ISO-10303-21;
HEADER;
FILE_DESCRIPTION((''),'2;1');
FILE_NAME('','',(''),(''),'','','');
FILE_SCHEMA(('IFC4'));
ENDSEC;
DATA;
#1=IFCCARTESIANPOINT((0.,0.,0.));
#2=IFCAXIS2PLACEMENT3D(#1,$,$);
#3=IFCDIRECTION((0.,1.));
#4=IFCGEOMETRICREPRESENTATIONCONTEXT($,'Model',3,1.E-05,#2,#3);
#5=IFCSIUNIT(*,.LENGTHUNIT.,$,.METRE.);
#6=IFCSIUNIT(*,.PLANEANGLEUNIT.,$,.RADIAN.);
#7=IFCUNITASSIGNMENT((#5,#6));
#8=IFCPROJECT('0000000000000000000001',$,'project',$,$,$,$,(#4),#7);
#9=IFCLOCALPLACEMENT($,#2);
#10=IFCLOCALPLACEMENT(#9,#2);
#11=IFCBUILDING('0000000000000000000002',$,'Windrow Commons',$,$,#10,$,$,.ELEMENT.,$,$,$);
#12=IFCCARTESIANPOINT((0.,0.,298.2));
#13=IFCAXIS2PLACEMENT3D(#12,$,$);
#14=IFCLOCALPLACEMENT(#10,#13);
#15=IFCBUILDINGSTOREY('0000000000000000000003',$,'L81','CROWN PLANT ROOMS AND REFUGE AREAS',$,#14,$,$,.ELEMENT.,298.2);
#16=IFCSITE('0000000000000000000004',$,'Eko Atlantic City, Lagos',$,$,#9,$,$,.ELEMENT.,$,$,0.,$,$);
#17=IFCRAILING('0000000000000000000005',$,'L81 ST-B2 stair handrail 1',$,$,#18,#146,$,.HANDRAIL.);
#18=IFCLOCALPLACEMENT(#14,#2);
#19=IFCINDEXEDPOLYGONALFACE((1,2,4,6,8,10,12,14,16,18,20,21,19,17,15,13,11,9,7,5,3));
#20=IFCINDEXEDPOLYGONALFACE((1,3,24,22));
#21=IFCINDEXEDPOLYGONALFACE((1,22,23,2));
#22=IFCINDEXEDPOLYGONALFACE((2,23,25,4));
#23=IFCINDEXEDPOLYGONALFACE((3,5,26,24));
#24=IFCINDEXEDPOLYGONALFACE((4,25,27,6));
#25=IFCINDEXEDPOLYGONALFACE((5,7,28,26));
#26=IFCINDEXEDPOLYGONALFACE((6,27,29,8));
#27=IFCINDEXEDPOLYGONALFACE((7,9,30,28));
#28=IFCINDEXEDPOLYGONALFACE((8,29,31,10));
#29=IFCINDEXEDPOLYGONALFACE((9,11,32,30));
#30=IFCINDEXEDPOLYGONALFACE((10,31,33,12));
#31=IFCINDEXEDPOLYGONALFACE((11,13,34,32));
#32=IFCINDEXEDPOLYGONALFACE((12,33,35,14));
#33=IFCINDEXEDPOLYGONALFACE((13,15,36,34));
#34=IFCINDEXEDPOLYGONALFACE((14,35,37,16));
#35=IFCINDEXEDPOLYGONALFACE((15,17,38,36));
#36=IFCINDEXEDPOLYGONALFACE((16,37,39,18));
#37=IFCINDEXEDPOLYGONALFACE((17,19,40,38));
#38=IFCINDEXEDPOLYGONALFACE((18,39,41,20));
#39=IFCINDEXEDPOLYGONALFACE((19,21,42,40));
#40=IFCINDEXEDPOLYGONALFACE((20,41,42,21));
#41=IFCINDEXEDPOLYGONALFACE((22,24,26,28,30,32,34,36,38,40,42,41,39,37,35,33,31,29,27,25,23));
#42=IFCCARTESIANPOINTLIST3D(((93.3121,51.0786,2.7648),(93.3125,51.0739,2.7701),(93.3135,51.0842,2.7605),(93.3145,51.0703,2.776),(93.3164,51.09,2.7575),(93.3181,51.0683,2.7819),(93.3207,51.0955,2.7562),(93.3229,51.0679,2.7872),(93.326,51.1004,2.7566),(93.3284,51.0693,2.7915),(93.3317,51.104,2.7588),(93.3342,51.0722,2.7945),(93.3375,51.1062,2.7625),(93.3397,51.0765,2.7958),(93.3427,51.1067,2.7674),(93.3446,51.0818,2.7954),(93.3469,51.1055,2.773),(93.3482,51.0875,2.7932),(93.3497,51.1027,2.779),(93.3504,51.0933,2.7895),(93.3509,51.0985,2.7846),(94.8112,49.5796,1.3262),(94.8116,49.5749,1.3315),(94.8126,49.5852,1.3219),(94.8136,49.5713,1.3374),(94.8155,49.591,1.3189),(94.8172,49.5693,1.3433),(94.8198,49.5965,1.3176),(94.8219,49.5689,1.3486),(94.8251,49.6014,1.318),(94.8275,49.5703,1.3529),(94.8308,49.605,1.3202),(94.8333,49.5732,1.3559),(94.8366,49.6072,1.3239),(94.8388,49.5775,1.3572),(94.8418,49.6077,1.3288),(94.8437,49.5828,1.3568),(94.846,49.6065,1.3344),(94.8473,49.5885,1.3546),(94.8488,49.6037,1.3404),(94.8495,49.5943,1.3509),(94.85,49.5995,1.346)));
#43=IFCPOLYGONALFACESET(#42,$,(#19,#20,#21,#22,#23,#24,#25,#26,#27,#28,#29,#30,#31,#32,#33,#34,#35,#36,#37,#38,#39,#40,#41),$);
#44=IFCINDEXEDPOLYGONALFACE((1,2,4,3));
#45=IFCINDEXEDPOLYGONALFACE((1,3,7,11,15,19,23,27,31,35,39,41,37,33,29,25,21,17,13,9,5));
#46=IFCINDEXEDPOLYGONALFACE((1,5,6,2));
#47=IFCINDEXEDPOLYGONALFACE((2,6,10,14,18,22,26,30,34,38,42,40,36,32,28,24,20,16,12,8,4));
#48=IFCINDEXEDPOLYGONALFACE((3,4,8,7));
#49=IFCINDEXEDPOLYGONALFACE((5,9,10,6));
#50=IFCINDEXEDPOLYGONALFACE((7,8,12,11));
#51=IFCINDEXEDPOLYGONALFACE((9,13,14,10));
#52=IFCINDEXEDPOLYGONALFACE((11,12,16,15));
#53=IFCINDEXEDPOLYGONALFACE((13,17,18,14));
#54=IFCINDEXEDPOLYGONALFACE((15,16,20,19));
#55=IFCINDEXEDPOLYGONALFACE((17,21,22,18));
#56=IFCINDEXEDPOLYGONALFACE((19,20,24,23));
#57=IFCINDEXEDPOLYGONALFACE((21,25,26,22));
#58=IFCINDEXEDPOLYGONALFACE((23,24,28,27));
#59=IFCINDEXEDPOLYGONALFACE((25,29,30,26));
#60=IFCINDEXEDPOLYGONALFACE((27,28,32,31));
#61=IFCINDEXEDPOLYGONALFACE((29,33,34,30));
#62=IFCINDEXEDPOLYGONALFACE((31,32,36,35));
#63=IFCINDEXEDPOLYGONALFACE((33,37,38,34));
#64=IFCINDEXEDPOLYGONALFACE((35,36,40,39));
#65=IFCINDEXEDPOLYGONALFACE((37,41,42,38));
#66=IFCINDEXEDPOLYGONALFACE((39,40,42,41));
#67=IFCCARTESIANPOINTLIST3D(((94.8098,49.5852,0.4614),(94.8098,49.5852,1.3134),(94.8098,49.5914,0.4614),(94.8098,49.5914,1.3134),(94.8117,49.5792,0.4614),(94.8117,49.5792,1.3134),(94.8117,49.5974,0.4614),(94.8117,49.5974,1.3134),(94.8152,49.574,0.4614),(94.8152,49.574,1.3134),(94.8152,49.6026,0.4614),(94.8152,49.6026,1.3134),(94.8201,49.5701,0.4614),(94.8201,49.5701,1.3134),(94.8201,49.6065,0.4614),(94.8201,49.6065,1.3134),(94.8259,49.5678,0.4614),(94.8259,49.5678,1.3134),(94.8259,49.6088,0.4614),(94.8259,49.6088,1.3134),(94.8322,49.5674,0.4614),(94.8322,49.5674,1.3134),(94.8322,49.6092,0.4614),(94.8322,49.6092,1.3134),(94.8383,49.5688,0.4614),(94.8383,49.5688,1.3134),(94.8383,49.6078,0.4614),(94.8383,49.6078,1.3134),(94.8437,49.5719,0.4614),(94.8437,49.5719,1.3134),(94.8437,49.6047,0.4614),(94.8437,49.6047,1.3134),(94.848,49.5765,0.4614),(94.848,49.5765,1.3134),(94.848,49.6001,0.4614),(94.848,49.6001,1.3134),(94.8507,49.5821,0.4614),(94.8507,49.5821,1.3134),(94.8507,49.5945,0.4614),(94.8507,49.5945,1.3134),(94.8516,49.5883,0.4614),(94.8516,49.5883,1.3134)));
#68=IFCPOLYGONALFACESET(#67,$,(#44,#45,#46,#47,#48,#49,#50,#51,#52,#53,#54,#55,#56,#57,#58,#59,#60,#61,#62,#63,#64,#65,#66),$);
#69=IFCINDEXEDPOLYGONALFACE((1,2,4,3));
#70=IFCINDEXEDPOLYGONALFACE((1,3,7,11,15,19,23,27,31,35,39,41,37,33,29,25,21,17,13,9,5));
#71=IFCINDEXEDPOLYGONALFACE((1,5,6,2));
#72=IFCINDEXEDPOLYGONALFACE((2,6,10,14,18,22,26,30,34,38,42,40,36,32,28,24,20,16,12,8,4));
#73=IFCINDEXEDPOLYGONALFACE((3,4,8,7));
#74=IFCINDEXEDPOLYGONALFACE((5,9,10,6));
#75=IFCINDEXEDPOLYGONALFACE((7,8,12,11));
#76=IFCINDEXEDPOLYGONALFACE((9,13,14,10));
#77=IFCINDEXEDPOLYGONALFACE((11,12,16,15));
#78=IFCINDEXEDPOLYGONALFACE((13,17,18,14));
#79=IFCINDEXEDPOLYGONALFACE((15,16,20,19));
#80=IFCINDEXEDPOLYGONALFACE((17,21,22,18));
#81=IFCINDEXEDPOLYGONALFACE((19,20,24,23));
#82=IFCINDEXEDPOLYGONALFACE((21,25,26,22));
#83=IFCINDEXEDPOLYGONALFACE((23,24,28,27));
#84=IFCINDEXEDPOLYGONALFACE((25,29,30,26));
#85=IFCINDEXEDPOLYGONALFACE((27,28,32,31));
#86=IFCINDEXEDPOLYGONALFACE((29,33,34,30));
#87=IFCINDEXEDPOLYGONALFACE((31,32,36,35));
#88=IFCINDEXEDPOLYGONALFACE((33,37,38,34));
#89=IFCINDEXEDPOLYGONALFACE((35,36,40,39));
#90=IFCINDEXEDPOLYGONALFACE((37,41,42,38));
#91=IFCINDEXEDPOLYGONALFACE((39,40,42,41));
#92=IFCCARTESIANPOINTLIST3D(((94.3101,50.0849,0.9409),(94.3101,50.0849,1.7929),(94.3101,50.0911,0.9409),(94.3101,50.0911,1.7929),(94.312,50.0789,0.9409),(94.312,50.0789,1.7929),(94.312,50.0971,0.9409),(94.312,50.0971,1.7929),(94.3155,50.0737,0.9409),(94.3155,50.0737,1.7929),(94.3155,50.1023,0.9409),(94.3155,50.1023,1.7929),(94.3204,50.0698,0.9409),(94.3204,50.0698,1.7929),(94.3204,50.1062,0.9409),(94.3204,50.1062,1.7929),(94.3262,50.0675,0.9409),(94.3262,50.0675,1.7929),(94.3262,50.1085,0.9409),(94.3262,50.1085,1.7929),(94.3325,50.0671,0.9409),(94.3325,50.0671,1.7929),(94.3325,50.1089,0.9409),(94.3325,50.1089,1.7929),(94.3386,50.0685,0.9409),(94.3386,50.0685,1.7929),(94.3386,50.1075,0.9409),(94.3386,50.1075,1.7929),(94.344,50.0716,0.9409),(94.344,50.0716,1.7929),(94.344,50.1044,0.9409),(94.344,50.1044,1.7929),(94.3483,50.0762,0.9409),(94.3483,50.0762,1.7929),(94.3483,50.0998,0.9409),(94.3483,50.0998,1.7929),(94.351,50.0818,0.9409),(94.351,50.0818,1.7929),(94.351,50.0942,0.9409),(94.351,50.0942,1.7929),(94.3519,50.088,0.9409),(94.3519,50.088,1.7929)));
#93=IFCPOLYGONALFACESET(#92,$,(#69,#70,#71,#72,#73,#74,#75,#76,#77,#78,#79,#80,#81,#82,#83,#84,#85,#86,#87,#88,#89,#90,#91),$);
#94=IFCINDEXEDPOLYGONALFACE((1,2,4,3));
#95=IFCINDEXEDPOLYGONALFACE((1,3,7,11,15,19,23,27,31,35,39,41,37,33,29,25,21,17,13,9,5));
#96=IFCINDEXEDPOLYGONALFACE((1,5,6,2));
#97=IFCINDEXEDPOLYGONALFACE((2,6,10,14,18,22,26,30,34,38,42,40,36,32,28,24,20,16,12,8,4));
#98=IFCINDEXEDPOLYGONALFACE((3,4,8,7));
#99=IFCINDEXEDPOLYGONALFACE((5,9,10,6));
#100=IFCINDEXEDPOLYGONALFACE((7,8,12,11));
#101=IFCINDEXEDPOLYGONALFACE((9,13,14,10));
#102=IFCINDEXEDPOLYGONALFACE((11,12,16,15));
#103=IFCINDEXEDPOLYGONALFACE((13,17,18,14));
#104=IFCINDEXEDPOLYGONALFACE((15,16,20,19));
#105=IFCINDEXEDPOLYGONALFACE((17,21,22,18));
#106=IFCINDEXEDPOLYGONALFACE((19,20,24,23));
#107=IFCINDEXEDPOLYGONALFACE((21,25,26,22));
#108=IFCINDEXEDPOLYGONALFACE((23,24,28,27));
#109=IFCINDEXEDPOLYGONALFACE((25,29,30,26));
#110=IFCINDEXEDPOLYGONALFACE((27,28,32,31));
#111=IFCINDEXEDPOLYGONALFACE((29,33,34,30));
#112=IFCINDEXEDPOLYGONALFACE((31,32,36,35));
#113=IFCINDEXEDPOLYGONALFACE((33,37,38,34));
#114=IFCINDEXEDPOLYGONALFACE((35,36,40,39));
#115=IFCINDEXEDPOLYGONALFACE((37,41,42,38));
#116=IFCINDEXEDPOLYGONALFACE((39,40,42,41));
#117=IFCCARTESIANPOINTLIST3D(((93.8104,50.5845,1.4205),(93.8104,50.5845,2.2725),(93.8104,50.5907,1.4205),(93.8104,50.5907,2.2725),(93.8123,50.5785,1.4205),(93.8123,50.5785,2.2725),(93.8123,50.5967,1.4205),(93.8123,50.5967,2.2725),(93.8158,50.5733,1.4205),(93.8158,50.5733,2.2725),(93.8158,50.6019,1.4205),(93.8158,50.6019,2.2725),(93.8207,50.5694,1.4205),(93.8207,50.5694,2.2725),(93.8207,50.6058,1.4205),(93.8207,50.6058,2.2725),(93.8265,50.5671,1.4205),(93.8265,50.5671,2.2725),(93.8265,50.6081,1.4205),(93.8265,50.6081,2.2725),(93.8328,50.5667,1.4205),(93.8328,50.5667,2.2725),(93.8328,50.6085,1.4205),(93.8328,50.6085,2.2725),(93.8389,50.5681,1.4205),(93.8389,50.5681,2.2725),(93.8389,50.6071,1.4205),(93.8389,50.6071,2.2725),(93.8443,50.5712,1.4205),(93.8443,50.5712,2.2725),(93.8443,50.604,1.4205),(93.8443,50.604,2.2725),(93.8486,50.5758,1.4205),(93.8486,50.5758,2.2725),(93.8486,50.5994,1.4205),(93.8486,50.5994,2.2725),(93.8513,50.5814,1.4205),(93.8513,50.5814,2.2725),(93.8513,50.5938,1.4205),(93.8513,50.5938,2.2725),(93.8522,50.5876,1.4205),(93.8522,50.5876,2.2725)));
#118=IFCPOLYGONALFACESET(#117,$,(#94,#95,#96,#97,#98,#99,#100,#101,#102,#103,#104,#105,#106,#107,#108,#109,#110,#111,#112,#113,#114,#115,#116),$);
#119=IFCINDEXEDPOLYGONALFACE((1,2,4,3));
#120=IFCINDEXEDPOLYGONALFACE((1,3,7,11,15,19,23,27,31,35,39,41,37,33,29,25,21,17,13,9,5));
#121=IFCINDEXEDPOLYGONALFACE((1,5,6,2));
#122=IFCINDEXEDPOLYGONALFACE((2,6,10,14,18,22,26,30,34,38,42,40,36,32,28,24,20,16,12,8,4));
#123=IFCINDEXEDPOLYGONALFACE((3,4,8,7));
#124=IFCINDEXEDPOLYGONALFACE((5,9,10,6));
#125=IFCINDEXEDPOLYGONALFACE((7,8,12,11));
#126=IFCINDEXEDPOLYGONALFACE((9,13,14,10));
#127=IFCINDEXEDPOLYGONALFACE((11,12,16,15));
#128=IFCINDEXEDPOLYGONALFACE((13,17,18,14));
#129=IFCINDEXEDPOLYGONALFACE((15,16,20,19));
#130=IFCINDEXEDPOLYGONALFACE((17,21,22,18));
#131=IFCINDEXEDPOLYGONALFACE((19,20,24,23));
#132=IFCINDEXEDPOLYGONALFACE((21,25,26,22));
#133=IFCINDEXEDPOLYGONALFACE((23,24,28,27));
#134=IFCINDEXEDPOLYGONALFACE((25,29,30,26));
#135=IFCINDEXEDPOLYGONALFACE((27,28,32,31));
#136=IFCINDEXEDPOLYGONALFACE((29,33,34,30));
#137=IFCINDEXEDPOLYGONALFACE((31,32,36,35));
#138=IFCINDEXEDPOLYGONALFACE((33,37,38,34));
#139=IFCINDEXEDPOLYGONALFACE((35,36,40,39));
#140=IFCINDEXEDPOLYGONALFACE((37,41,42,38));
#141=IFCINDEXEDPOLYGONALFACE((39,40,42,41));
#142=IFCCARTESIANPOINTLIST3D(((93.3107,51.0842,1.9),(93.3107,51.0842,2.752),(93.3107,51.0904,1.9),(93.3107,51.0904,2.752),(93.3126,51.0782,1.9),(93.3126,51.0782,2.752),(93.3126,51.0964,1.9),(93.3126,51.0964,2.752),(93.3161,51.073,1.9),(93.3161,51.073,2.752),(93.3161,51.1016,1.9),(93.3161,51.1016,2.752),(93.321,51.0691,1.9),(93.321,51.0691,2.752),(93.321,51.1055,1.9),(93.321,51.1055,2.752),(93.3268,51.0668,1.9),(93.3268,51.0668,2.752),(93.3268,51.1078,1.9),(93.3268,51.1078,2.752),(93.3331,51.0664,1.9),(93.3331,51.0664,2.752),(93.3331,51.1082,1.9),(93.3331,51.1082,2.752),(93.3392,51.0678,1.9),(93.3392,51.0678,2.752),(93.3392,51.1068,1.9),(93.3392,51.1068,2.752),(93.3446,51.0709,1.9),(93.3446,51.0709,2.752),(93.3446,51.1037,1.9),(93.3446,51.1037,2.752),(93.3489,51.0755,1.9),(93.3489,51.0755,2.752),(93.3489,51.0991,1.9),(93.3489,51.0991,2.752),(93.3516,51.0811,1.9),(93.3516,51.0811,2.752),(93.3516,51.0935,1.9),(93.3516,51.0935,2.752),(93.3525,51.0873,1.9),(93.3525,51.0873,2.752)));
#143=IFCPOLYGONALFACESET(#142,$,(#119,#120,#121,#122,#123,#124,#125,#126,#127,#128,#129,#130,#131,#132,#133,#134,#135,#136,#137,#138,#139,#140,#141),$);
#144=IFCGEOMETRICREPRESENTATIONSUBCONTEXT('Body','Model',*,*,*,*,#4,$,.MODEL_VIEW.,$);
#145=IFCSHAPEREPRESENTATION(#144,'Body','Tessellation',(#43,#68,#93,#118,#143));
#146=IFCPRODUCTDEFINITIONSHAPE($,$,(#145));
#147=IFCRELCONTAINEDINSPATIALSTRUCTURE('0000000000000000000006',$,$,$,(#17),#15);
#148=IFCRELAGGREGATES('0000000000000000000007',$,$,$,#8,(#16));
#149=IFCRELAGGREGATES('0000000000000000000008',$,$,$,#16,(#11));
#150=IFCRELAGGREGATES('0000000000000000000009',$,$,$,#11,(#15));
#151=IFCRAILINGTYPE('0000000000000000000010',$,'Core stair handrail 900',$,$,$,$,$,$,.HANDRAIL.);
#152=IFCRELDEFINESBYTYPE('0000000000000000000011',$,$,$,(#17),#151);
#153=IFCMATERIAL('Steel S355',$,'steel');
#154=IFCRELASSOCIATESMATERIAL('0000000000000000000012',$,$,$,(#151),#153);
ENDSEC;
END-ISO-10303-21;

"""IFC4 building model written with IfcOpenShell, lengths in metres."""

from ifc_helpers import new_model, si_unit, direction, frame, origin, origin_2d, place, context, subcontext, project, spatial, circle, extrude, material, type_object, element, save


model = new_model("IFC4")

# Units and contexts
model_context = context("Model", 3, precision=1e-05, world=origin(), true_north=direction((0.0, 1.0)))
body_context = subcontext(model_context, "Body", "Model", "MODEL_VIEW")
ifc_project = project(units=[si_unit("LENGTHUNIT", "METRE"), si_unit("PLANEANGLEUNIT", "RADIAN")], contexts=[model_context])

# Site, building, storey
site_placement = place(None, origin())
site = spatial("IfcSite", under=ifc_project, at=site_placement, Name="Eko Atlantic City, Lagos", CompositionType="ELEMENT", RefElevation=0.0)
building_placement = place(site_placement, origin())
building = spatial("IfcBuilding", under=site, at=building_placement, Name="Windrow Commons", CompositionType="ELEMENT")
storey_placement = place(building_placement, frame((0.0, 0.0, 298.2)))
storey = spatial("IfcBuildingStorey", under=building, at=storey_placement, Name="L81", Description="CROWN PLANT ROOMS AND REFUGE AREAS", CompositionType="ELEMENT", Elevation=298.2)

# Railing
ifc_material_1 = material(Name="Steel S355", Category="steel")
railing_type_1 = type_object("IfcRailingType", Name="Core stair handrail 900", PredefinedType="HANDRAIL", material=ifc_material_1)
railing_1_placement = place(storey_placement, frame((94.8306, 49.5883, 0.4614)))
element("IfcRailing", 1, at=railing_1_placement, inside=storey, type_object=railing_type_1, Name="L81 ST-B2 stair handrail 1", PredefinedType="HANDRAIL", context=body_context, shape_type="SweptSolid", body=[
    extrude(circle(Radius=0.024, at=origin_2d()), frame((0.0, 0.0, 0.876), z_axis=(-0.585128, 0.585089, 0.561513), x_axis=(-0.707083, -0.70713, 0.0)), (0.0, 0.0, 1.0), 2.562),
    extrude(circle(Radius=0.021, at=origin_2d()), origin(), (0.0, 0.0, 1.0), 0.852),
    extrude(circle(Radius=0.021, at=origin_2d()), frame((-0.4997, 0.4997, 0.4795)), (0.0, 0.0, 1.0), 0.852),
    extrude(circle(Radius=0.021, at=origin_2d()), frame((-0.9994, 0.9993, 0.9591)), (0.0, 0.0, 1.0), 0.852),
    extrude(circle(Radius=0.021, at=origin_2d()), frame((-1.4991, 1.499, 1.4386)), (0.0, 0.0, 1.0), 0.852),
])

save(model, "model.ifc")
